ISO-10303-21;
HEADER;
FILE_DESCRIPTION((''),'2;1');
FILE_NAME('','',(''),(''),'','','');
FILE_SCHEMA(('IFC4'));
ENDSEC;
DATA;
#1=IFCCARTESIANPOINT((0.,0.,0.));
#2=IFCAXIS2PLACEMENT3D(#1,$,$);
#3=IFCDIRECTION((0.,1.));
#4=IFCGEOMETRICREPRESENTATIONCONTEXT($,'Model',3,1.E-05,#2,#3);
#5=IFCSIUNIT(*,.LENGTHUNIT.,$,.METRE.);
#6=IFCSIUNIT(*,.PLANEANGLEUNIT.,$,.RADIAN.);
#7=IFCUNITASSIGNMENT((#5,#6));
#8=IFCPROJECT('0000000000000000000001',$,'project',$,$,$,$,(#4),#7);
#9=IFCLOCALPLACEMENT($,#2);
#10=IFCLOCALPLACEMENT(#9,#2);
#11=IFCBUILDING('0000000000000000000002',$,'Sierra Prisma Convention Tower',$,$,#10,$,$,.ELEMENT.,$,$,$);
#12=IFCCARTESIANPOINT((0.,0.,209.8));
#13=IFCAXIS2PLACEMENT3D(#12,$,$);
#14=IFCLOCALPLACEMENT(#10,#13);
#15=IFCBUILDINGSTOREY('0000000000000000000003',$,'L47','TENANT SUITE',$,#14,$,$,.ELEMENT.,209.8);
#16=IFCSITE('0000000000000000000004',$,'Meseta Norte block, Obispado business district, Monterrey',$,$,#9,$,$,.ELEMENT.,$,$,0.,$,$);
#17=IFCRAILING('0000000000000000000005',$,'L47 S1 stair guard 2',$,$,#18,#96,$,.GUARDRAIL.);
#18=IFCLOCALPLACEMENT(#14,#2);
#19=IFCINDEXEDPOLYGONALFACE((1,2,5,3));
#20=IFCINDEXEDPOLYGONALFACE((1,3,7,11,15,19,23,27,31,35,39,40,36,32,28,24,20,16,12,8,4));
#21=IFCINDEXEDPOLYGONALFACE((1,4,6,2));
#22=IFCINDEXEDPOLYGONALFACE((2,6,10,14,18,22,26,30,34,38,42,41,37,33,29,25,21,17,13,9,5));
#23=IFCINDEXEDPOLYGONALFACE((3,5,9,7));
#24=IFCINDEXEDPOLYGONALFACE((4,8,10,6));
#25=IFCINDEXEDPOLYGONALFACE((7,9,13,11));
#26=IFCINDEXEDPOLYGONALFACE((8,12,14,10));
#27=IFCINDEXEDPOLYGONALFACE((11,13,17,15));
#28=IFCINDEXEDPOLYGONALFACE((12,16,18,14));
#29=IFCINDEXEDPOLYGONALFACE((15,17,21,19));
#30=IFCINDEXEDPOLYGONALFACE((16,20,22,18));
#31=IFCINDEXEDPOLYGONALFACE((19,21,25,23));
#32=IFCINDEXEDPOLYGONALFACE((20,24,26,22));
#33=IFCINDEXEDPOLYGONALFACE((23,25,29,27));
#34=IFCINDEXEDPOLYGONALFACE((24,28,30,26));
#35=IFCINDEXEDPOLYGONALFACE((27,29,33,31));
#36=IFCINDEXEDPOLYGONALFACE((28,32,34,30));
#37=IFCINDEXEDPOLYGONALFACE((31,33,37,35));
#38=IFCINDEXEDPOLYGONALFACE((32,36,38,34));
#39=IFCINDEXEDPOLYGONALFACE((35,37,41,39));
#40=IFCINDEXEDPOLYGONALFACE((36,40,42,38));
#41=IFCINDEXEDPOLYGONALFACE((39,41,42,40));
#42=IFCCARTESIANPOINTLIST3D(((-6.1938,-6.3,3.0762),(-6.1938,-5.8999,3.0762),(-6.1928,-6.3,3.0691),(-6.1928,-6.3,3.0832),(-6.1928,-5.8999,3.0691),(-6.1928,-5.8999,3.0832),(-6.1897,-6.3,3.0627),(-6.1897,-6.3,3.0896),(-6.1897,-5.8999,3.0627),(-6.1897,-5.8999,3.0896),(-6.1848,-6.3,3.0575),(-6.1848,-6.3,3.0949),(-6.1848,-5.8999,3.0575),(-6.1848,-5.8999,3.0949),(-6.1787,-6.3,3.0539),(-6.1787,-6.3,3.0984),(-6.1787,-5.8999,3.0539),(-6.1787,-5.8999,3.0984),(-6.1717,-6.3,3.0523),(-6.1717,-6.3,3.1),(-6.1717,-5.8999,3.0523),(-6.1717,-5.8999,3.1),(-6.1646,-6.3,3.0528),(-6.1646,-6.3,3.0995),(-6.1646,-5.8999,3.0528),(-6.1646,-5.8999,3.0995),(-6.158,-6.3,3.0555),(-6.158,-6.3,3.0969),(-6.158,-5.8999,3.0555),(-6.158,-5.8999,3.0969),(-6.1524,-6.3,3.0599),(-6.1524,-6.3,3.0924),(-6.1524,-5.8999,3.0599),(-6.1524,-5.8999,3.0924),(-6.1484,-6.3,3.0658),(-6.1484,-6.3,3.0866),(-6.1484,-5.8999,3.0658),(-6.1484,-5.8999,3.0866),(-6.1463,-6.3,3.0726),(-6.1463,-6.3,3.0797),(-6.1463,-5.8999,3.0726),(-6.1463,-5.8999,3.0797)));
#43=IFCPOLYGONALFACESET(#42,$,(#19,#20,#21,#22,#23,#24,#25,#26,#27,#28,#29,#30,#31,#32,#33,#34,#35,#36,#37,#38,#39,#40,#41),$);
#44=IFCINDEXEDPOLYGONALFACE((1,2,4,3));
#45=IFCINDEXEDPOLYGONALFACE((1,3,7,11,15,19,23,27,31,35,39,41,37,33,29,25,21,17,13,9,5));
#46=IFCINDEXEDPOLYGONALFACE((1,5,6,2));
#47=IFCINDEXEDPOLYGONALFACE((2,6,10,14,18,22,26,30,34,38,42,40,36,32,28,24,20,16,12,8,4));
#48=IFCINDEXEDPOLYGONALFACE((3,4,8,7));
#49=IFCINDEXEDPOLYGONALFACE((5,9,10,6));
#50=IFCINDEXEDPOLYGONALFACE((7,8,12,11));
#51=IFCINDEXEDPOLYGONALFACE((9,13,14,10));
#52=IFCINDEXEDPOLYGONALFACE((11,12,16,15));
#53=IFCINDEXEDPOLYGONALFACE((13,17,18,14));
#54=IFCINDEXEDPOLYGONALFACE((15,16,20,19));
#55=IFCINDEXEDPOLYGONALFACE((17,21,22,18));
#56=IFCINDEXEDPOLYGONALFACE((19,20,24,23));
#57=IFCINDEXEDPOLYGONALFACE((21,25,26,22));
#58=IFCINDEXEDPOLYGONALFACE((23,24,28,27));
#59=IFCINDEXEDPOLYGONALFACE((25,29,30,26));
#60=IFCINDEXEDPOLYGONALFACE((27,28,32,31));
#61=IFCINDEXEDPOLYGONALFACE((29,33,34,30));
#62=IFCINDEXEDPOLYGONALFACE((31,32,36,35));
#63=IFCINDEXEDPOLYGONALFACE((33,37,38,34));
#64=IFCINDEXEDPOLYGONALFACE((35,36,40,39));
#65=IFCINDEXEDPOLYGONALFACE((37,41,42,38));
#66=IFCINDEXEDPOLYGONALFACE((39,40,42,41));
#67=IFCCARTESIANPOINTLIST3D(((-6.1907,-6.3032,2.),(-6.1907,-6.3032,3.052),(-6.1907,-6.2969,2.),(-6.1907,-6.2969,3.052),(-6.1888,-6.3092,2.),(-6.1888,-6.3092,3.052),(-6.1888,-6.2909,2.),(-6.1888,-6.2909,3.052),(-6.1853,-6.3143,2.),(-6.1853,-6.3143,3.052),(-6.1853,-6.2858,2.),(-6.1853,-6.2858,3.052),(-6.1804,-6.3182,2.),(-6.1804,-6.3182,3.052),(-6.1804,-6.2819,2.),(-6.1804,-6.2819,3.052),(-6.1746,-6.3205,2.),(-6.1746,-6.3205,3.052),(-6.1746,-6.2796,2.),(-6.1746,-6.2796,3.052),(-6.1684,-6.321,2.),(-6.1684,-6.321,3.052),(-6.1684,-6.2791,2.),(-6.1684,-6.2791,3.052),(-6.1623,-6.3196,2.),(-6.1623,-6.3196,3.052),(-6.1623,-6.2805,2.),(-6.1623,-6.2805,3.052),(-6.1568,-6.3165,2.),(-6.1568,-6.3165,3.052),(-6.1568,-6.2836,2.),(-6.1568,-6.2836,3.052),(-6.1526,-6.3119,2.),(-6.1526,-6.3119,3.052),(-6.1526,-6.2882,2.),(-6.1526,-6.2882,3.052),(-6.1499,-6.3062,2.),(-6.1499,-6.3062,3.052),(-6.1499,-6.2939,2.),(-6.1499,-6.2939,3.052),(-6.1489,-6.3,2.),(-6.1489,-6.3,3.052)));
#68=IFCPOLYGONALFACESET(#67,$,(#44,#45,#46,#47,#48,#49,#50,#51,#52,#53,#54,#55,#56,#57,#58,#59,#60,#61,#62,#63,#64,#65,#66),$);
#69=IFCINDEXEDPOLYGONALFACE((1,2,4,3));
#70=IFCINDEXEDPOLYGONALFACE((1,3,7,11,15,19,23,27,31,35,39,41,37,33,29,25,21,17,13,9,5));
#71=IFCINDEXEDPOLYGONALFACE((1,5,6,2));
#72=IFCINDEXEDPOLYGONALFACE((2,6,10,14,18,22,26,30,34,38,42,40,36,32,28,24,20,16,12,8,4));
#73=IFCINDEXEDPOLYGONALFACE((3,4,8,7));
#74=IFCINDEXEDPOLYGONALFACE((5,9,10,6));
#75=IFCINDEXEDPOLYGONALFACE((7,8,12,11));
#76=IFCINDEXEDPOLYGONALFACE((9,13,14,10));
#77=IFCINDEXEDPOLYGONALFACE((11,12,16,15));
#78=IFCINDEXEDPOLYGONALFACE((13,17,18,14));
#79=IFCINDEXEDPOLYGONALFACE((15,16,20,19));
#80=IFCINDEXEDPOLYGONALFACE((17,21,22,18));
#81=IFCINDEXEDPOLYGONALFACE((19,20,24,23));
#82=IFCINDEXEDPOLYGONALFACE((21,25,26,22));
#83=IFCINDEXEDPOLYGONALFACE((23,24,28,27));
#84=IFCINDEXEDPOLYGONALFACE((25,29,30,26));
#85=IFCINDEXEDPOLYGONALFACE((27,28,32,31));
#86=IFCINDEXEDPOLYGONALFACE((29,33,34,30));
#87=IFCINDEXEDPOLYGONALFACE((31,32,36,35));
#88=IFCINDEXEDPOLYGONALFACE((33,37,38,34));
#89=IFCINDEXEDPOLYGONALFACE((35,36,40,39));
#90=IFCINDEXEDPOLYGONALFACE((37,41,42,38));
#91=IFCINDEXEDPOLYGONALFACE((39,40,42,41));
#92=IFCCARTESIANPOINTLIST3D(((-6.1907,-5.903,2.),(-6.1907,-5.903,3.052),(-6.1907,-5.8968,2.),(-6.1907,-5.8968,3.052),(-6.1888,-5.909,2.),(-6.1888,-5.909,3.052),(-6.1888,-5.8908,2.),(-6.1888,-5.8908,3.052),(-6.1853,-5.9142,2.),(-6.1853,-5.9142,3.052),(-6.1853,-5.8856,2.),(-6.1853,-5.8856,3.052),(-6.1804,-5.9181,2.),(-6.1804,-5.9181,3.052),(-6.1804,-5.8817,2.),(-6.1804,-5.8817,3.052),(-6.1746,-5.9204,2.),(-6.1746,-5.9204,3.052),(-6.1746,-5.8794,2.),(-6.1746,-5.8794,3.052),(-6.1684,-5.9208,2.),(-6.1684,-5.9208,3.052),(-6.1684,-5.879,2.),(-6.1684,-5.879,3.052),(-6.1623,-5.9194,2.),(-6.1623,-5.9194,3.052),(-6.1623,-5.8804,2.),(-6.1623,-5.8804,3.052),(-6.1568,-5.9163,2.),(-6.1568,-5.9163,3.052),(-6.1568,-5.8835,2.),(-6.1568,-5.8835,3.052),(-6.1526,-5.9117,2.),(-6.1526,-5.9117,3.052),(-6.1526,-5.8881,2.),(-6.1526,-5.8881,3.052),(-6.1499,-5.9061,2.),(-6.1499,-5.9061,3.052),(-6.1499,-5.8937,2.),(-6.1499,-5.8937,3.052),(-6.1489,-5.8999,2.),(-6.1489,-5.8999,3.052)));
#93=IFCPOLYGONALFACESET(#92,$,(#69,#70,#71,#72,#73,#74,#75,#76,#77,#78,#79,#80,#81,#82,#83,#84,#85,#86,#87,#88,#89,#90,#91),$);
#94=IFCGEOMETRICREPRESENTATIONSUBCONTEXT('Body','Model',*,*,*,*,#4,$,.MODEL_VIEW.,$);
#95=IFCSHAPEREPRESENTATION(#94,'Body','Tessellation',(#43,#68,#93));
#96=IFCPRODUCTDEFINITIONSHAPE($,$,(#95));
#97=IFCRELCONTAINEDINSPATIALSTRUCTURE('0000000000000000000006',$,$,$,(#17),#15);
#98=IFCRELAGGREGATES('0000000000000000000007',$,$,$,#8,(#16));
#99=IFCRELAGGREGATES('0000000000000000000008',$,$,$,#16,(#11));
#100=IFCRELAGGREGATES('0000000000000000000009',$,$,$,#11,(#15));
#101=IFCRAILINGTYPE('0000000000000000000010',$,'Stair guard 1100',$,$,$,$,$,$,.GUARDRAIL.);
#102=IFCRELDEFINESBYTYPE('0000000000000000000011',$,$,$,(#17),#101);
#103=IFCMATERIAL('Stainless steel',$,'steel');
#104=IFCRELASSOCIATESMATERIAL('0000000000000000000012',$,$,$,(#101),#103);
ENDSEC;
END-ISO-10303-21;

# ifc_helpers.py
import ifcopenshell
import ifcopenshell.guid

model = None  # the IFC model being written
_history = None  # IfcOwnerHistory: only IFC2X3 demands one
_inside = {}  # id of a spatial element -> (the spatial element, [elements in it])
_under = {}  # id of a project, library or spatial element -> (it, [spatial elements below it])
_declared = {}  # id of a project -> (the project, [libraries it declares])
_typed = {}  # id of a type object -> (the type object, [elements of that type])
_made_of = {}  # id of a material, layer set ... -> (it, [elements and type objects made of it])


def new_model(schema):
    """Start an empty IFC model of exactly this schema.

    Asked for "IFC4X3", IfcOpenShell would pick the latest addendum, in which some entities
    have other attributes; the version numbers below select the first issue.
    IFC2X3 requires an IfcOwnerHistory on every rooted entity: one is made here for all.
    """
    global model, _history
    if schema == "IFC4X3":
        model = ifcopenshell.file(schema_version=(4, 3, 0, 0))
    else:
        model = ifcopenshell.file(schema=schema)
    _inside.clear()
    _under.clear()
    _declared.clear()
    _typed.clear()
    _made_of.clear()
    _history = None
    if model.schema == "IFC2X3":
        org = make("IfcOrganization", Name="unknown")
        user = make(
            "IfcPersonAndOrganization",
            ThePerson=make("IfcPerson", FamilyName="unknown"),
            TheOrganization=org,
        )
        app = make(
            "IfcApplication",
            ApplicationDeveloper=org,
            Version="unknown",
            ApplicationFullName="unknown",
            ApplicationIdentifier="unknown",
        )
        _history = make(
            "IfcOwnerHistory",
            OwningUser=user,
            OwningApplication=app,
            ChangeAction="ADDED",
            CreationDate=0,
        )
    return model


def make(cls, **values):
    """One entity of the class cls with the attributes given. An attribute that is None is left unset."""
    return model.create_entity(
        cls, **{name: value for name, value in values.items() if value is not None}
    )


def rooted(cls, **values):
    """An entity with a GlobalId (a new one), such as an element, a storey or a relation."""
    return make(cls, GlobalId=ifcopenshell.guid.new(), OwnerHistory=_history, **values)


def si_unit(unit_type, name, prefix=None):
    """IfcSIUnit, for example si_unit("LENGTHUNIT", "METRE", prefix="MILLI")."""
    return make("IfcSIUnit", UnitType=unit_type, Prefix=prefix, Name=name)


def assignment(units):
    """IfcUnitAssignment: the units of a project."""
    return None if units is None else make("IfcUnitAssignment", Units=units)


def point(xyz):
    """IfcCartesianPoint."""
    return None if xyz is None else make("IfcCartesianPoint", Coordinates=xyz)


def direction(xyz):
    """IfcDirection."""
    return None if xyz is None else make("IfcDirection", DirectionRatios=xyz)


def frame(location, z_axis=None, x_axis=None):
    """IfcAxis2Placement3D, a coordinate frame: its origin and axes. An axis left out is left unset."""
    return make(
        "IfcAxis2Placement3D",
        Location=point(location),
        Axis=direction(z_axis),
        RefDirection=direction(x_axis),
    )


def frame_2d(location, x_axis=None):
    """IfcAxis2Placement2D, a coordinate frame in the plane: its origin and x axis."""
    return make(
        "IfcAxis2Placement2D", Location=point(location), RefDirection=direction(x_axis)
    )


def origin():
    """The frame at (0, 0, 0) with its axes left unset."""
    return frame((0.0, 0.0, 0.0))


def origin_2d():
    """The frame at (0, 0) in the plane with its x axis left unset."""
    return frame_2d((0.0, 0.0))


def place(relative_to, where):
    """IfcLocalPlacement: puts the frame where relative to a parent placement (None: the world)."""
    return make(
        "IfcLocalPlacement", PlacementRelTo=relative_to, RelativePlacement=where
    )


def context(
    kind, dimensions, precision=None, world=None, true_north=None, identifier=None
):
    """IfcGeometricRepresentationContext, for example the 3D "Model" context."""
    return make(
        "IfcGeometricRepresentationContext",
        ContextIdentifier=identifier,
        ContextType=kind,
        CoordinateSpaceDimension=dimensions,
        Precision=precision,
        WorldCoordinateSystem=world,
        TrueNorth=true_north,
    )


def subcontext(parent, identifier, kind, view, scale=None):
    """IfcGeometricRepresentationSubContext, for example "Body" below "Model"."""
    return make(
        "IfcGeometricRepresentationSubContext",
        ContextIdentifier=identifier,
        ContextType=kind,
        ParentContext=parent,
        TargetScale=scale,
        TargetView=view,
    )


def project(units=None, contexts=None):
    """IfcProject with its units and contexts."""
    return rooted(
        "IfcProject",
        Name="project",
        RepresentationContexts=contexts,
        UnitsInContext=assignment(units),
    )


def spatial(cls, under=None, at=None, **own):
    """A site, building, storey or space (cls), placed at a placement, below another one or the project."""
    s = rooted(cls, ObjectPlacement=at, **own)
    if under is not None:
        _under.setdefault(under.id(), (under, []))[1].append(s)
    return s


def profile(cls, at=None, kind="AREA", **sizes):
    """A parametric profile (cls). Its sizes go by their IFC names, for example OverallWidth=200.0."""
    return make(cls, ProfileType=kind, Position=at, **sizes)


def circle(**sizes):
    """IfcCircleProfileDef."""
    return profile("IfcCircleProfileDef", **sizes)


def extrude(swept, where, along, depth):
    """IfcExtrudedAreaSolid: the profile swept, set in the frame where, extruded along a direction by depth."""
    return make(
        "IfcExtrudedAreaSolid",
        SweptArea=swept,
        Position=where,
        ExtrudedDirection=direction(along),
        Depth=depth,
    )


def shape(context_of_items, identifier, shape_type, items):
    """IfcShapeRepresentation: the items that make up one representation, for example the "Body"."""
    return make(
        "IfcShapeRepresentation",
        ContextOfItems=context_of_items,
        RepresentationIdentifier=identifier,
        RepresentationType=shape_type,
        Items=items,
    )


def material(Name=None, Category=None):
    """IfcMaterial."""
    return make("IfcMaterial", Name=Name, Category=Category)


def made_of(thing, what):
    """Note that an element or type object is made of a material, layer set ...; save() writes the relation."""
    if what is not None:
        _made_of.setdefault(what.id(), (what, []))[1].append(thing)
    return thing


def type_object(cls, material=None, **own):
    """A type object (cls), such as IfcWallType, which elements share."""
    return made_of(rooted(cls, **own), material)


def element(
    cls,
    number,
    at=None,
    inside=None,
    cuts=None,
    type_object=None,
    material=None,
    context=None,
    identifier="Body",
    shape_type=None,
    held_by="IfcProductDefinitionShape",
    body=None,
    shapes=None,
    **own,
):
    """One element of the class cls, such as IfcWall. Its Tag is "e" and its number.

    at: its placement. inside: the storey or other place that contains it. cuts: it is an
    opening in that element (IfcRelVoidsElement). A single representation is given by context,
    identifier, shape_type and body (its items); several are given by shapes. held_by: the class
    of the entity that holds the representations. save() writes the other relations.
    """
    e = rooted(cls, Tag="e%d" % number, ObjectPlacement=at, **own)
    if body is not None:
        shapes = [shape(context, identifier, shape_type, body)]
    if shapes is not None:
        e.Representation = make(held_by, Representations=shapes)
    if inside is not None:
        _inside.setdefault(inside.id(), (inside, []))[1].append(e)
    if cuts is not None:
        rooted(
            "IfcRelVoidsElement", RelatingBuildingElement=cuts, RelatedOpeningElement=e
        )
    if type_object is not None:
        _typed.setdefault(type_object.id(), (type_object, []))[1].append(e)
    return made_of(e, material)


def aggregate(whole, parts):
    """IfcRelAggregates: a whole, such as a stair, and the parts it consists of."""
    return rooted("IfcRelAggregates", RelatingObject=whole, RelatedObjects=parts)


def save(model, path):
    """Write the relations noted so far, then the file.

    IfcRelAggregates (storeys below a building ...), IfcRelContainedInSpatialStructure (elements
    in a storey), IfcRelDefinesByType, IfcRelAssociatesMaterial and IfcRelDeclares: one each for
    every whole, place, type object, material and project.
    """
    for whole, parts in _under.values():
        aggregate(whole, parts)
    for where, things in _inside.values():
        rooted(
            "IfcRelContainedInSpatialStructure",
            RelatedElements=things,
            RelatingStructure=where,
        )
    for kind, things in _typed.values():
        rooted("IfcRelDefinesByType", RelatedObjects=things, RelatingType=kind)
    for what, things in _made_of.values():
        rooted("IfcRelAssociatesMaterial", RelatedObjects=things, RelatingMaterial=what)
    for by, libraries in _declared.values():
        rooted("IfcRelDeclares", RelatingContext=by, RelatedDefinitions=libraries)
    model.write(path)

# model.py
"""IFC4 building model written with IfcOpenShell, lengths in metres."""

from ifc_helpers import new_model, si_unit, direction, frame, origin, origin_2d, place, context, subcontext, project, spatial, circle, extrude, material, type_object, element, save


model = new_model("IFC4")

# Units and contexts
model_context = context("Model", 3, precision=1e-05, world=origin(), true_north=direction((0.0, 1.0)))
body_context = subcontext(model_context, "Body", "Model", "MODEL_VIEW")
ifc_project = project(units=[si_unit("LENGTHUNIT", "METRE"), si_unit("PLANEANGLEUNIT", "RADIAN")], contexts=[model_context])

# Site, building, storey
site_placement = place(None, origin())
site = spatial("IfcSite", under=ifc_project, at=site_placement, Name="Meseta Norte block, Obispado business district, Monterrey", CompositionType="ELEMENT", RefElevation=0.0)
building_placement = place(site_placement, origin())
building = spatial("IfcBuilding", under=site, at=building_placement, Name="Sierra Prisma Convention Tower", CompositionType="ELEMENT")
storey_placement = place(building_placement, frame((0.0, 0.0, 209.8)))
storey = spatial("IfcBuildingStorey", under=building, at=storey_placement, Name="L47", Description="TENANT SUITE", CompositionType="ELEMENT", Elevation=209.8)

# Railing
ifc_material_1 = material(Name="Stainless steel", Category="steel")
railing_type_1 = type_object("IfcRailingType", Name="Stair guard 1100", PredefinedType="GUARDRAIL", material=ifc_material_1)
railing_1_placement = place(storey_placement, frame((-6.1699, -6.3, 2.0)))
element("IfcRailing", 1, at=railing_1_placement, inside=storey, type_object=railing_type_1, Name="L47 S1 stair guard 2", PredefinedType="GUARDRAIL", context=body_context, shape_type="SweptSolid", body=[
    extrude(circle(Radius=0.0239, at=origin_2d()), frame((0.0, 0.0, 1.0762), z_axis=(0.0, 1.0, 0.0), x_axis=(-1.0, 0.0, 0.0)), (0.0, 0.0, 1.0), 0.4001),
    extrude(circle(Radius=0.021, at=origin_2d()), origin(), (0.0, 0.0, 1.0), 1.052),
    extrude(circle(Radius=0.021, at=origin_2d()), frame((0.0, 0.4001, 0.0)), (0.0, 0.0, 1.0), 1.052),
])

save(model, "model.ifc")
